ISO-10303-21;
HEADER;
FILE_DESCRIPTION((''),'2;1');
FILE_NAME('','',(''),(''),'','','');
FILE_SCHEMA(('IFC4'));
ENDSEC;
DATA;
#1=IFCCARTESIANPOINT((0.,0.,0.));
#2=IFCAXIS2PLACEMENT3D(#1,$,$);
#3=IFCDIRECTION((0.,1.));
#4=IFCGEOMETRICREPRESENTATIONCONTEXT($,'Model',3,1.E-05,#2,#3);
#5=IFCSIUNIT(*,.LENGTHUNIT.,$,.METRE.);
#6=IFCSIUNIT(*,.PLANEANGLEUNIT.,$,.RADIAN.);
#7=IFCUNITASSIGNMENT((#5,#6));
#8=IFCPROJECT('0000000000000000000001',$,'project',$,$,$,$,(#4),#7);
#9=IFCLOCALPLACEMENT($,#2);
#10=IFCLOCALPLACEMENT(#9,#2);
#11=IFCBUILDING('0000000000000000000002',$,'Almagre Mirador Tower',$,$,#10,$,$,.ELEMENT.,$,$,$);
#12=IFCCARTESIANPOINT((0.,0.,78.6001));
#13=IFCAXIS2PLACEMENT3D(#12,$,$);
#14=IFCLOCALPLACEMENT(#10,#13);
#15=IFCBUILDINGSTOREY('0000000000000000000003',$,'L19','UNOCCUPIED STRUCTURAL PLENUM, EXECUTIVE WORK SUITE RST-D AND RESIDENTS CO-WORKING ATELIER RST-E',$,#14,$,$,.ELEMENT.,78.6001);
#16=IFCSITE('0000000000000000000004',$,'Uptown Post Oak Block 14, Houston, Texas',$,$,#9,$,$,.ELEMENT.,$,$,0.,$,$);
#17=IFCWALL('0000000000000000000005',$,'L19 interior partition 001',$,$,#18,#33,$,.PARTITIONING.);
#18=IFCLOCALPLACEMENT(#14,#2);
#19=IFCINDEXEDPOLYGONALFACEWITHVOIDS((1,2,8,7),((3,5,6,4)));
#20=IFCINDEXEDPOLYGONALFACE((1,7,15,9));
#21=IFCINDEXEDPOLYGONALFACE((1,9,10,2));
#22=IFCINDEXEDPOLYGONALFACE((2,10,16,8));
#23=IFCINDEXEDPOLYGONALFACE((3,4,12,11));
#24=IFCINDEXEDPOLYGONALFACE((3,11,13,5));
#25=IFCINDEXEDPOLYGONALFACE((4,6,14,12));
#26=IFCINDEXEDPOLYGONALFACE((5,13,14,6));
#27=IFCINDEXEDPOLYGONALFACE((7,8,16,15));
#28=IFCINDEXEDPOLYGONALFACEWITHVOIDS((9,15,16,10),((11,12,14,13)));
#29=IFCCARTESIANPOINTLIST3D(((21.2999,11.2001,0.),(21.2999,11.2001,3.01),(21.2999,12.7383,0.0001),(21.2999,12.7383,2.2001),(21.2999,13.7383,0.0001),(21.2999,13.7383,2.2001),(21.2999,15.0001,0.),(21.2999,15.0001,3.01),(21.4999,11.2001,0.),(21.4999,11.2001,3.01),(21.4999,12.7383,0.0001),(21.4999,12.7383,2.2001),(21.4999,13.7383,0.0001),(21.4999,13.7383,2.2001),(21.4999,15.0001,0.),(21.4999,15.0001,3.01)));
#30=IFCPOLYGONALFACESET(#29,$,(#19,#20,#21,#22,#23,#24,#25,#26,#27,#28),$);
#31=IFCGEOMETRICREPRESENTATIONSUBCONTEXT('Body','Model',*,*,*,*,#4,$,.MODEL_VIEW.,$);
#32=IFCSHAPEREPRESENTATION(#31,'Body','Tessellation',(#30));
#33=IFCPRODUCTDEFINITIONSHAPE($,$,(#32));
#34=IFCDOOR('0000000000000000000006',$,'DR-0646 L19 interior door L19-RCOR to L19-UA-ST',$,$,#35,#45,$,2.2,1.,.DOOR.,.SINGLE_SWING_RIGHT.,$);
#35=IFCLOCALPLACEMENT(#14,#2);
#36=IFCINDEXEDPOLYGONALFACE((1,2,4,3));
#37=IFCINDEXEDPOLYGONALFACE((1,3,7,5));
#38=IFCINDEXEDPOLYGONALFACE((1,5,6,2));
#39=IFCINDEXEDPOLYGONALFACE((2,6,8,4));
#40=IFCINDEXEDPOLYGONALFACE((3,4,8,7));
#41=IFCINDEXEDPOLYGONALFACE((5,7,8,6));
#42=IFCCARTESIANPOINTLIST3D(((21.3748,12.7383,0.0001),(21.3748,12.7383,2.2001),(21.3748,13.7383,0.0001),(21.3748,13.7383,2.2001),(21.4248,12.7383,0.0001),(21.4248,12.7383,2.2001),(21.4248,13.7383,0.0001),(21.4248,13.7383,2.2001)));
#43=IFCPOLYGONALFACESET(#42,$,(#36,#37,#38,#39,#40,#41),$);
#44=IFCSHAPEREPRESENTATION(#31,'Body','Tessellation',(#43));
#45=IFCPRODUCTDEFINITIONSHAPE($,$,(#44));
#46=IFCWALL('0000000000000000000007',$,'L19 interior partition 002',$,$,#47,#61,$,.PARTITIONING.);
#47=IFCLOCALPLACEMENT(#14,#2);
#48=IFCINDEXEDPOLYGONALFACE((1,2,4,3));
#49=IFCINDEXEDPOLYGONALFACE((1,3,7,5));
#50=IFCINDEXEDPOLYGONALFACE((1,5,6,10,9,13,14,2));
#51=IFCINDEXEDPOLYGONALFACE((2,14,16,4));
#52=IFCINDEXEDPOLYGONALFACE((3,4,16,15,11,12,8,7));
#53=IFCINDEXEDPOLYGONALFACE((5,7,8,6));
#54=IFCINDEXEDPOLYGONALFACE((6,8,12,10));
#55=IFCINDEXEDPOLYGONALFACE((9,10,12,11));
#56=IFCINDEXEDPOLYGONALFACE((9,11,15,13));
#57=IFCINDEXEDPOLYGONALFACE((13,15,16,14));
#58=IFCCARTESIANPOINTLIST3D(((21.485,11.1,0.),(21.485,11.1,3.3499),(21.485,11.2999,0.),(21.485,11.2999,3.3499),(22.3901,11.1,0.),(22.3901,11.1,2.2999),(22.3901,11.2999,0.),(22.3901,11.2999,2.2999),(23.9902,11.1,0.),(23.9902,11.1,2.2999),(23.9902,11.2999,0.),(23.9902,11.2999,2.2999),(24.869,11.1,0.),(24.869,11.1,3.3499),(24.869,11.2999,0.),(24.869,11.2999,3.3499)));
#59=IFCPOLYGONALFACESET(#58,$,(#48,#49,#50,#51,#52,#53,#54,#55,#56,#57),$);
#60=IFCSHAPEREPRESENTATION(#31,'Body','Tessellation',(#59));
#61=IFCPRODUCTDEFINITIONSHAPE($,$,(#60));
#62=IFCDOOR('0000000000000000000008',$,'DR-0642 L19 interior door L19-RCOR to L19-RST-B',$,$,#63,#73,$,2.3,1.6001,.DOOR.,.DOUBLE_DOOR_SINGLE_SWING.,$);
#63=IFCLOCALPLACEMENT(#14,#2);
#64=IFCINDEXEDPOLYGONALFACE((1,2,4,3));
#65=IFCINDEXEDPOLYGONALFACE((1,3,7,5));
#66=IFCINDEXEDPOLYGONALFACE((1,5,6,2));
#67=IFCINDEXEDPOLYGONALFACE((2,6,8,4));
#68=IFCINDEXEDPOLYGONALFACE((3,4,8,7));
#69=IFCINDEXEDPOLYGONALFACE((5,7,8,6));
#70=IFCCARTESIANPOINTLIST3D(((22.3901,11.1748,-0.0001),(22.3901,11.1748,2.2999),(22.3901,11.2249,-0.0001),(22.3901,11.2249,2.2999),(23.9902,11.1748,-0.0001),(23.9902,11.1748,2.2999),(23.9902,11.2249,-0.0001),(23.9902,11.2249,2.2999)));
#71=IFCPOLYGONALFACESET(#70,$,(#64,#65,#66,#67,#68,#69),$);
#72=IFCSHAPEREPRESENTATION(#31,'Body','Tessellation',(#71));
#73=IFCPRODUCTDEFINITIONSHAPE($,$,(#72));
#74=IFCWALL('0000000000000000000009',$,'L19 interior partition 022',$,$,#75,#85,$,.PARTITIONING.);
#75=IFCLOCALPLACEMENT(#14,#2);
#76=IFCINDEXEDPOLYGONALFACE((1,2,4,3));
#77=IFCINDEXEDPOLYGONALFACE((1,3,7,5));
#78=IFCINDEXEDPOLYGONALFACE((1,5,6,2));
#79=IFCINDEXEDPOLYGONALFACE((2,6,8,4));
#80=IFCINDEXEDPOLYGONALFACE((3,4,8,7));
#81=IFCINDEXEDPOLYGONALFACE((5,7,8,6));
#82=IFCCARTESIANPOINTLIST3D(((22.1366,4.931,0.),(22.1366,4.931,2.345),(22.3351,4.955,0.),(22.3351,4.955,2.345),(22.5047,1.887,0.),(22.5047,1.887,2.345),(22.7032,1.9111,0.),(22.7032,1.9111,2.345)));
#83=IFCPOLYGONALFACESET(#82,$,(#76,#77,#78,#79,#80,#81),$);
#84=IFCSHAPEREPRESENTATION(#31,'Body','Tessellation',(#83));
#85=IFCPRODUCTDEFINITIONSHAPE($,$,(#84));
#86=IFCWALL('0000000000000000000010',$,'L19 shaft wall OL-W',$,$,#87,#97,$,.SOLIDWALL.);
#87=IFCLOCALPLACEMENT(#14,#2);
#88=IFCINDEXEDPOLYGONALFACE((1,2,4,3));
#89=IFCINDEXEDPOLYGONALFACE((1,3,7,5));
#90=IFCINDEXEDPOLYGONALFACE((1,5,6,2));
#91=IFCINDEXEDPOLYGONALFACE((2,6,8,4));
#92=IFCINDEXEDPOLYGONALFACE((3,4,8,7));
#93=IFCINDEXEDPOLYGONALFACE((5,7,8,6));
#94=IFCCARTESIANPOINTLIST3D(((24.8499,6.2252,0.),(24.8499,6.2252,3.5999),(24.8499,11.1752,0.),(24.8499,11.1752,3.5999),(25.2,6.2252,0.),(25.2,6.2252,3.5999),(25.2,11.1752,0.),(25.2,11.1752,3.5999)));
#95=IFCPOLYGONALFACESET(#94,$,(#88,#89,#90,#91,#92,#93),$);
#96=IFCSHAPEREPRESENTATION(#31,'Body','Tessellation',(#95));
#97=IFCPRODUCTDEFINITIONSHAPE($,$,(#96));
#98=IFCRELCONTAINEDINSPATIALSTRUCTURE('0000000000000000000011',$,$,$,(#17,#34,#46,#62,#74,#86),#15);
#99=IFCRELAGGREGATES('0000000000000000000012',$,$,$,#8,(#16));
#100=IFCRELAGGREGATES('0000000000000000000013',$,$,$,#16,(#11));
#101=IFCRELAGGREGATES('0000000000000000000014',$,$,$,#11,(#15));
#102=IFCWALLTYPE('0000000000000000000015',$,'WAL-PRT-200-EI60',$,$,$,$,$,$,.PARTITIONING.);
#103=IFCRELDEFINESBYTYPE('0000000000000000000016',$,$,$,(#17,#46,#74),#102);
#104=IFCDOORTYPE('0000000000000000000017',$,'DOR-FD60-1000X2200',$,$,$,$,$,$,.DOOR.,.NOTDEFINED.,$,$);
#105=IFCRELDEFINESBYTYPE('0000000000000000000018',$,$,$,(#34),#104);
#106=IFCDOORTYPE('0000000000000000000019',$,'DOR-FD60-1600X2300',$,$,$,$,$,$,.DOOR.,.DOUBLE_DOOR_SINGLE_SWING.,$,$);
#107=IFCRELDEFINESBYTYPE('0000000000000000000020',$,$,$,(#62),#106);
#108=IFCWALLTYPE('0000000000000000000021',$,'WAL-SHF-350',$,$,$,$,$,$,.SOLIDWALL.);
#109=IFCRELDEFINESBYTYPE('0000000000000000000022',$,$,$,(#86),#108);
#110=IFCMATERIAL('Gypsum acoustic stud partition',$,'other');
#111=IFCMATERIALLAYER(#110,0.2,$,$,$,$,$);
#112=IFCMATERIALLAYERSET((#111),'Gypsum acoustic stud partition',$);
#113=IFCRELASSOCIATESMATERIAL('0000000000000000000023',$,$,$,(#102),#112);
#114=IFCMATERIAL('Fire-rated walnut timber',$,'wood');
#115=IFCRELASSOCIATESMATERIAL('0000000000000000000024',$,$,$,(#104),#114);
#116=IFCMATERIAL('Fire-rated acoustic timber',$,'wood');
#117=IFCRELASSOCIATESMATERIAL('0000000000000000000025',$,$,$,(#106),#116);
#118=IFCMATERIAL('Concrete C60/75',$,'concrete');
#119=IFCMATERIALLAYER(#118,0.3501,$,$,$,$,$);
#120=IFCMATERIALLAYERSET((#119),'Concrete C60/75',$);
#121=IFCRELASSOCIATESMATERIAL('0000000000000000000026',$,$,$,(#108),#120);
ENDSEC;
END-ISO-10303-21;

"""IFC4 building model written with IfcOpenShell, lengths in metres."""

from ifc_helpers import new_model, si_unit, direction, frame, frame_2d, origin, place, context, subcontext, project, spatial, rectangle, extrude, material, layer, layer_set, type_object, element, fill, save


model = new_model("IFC4")

# Units and contexts
model_context = context("Model", 3, precision=1e-05, world=origin(), true_north=direction((0.0, 1.0)))
body_context = subcontext(model_context, "Body", "Model", "MODEL_VIEW")
ifc_project = project(units=[si_unit("LENGTHUNIT", "METRE"), si_unit("PLANEANGLEUNIT", "RADIAN")], contexts=[model_context])

# Site, building, storey
site_placement = place(None, origin())
site = spatial("IfcSite", under=ifc_project, at=site_placement, Name="Uptown Post Oak Block 14, Houston, Texas", CompositionType="ELEMENT", RefElevation=0.0)
building_placement = place(site_placement, origin())
building = spatial("IfcBuilding", under=site, at=building_placement, Name="Almagre Mirador Tower", CompositionType="ELEMENT")
storey_placement = place(building_placement, frame((0.0, 0.0, 78.6001)))
storey = spatial("IfcBuildingStorey", under=building, at=storey_placement, Name="L19", Description="UNOCCUPIED STRUCTURAL PLENUM, EXECUTIVE WORK SUITE RST-D AND RESIDENTS CO-WORKING ATELIER RST-E", CompositionType="ELEMENT", Elevation=78.6001)

# Walls, openings, doors
ifc_material_1 = material(Name="Gypsum acoustic stud partition", Category="other")
ifc_layer_1 = layer(ifc_material_1, 0.2)
ifc_layer_set_1 = layer_set([ifc_layer_1], Name="Gypsum acoustic stud partition")
wall_type_1 = type_object("IfcWallType", Name="WAL-PRT-200-EI60", PredefinedType="PARTITIONING", material=ifc_layer_set_1)
wall_1_placement = place(storey_placement, frame((21.3999, 15.0, 0.0), z_axis=(0.0, 0.0, 1.0), x_axis=(0.0, -1.0, 0.0)))
wall_1 = element("IfcWall", 1, at=wall_1_placement, inside=storey, type_object=wall_type_1, Name="L19 interior partition 001", PredefinedType="PARTITIONING", context=body_context, shape_type="SweptSolid", body=[
    extrude(rectangle(XDim=3.8, YDim=0.2, at=frame_2d((1.8999, 0.0))), origin(), (0.0, 0.0, 1.0), 3.01),
])
opening_1_placement = place(wall_1_placement, frame((1.2617, 0.0, 0.0)))
opening_1 = element("IfcOpeningElement", 2, at=opening_1_placement, cuts=wall_1, PredefinedType="OPENING", context=body_context, shape_type="SweptSolid", body=[
    extrude(rectangle(XDim=1.0, YDim=2.2, at=frame_2d((0.5, 1.1001))), frame((0.0, 0.1101, 0.0), z_axis=(0.0, -1.0, 0.0), x_axis=(1.0, 0.0, 0.0)), (0.0, 0.0, 1.0), 0.22),
])
ifc_material_2 = material(Name="Fire-rated walnut timber", Category="wood")
door_type_1 = type_object("IfcDoorType", Name="DOR-FD60-1000X2200", OperationType="NOTDEFINED", PredefinedType="DOOR", material=ifc_material_2)
door_1_placement = place(opening_1_placement, origin())
door_1 = element("IfcDoor", 3, at=door_1_placement, inside=storey, type_object=door_type_1, Name="DR-0646 L19 interior door L19-RCOR to L19-UA-ST", OperationType="SINGLE_SWING_RIGHT", OverallHeight=2.2, OverallWidth=1.0, PredefinedType="DOOR", context=body_context, shape_type="SweptSolid", body=[
    extrude(rectangle(XDim=1.0, YDim=2.2, at=frame_2d((0.5, 1.1001))), frame((0.0, 0.0249, 0.0), z_axis=(0.0, -1.0, 0.0), x_axis=(1.0, 0.0, 0.0)), (0.0, 0.0, 1.0), 0.05),
])
fill(opening_1, door_1)
wall_2_placement = place(storey_placement, frame((21.4851, 11.2, 0.0), z_axis=(0.0, 0.0, 1.0), x_axis=(1.0, 0.0, 0.0)))
wall_2 = element("IfcWall", 4, at=wall_2_placement, inside=storey, type_object=wall_type_1, Name="L19 interior partition 002", PredefinedType="PARTITIONING", context=body_context, shape_type="SweptSolid", body=[
    extrude(rectangle(XDim=3.384, YDim=0.2, at=frame_2d((1.6919, 0.0))), origin(), (0.0, 0.0, 1.0), 3.3499),
])
opening_2_placement = place(wall_2_placement, frame((0.905, 0.0, 0.0)))
opening_2 = element("IfcOpeningElement", 5, at=opening_2_placement, cuts=wall_2, PredefinedType="OPENING", context=body_context, shape_type="SweptSolid", body=[
    extrude(rectangle(XDim=1.6001, YDim=2.3, at=frame_2d((0.8, 1.1499))), frame((0.0, 0.1101, 0.0), z_axis=(0.0, -1.0, 0.0), x_axis=(1.0, 0.0, 0.0)), (0.0, 0.0, 1.0), 0.22),
])
ifc_material_3 = material(Name="Fire-rated acoustic timber", Category="wood")
door_type_2 = type_object("IfcDoorType", Name="DOR-FD60-1600X2300", OperationType="DOUBLE_DOOR_SINGLE_SWING", PredefinedType="DOOR", material=ifc_material_3)
door_2_placement = place(opening_2_placement, origin())
door_2 = element("IfcDoor", 6, at=door_2_placement, inside=storey, type_object=door_type_2, Name="DR-0642 L19 interior door L19-RCOR to L19-RST-B", OperationType="DOUBLE_DOOR_SINGLE_SWING", OverallHeight=2.3, OverallWidth=1.6001, PredefinedType="DOOR", context=body_context, shape_type="SweptSolid", body=[
    extrude(rectangle(XDim=1.6001, YDim=2.3, at=frame_2d((0.8, 1.1499))), frame((0.0, 0.0249, 0.0), z_axis=(0.0, -1.0, 0.0), x_axis=(1.0, 0.0, 0.0)), (0.0, 0.0, 1.0), 0.05),
])
fill(opening_2, door_2)

# Walls
wall_3_placement = place(storey_placement, frame((22.604, 1.8989, 0.0), z_axis=(0.0, 0.0, 1.0), x_axis=(-0.120075, 0.992765, 0.0)))
element("IfcWall", 7, at=wall_3_placement, inside=storey, type_object=wall_type_1, Name="L19 interior partition 022", PredefinedType="PARTITIONING", context=body_context, shape_type="SweptSolid", body=[
    extrude(rectangle(XDim=3.0662, YDim=0.2, at=frame_2d((1.5332, 0.0))), origin(), (0.0, 0.0, 1.0), 2.345),
])
ifc_material_4 = material(Name="Concrete C60/75", Category="concrete")
ifc_layer_2 = layer(ifc_material_4, 0.3501)
ifc_layer_set_2 = layer_set([ifc_layer_2], Name="Concrete C60/75")
wall_type_2 = type_object("IfcWallType", Name="WAL-SHF-350", PredefinedType="SOLIDWALL", material=ifc_layer_set_2)
wall_4_placement = place(storey_placement, frame((25.0249, 6.2251, 0.0), z_axis=(0.0, 0.0, 1.0), x_axis=(0.0, 1.0, 0.0)))
element("IfcWall", 8, at=wall_4_placement, inside=storey, type_object=wall_type_2, Name="L19 shaft wall OL-W", PredefinedType="SOLIDWALL", context=body_context, shape_type="SweptSolid", body=[
    extrude(rectangle(XDim=4.95, YDim=0.3501, at=frame_2d((2.4751, 0.0))), origin(), (0.0, 0.0, 1.0), 3.5999),
])

save(model, "model.ifc")
